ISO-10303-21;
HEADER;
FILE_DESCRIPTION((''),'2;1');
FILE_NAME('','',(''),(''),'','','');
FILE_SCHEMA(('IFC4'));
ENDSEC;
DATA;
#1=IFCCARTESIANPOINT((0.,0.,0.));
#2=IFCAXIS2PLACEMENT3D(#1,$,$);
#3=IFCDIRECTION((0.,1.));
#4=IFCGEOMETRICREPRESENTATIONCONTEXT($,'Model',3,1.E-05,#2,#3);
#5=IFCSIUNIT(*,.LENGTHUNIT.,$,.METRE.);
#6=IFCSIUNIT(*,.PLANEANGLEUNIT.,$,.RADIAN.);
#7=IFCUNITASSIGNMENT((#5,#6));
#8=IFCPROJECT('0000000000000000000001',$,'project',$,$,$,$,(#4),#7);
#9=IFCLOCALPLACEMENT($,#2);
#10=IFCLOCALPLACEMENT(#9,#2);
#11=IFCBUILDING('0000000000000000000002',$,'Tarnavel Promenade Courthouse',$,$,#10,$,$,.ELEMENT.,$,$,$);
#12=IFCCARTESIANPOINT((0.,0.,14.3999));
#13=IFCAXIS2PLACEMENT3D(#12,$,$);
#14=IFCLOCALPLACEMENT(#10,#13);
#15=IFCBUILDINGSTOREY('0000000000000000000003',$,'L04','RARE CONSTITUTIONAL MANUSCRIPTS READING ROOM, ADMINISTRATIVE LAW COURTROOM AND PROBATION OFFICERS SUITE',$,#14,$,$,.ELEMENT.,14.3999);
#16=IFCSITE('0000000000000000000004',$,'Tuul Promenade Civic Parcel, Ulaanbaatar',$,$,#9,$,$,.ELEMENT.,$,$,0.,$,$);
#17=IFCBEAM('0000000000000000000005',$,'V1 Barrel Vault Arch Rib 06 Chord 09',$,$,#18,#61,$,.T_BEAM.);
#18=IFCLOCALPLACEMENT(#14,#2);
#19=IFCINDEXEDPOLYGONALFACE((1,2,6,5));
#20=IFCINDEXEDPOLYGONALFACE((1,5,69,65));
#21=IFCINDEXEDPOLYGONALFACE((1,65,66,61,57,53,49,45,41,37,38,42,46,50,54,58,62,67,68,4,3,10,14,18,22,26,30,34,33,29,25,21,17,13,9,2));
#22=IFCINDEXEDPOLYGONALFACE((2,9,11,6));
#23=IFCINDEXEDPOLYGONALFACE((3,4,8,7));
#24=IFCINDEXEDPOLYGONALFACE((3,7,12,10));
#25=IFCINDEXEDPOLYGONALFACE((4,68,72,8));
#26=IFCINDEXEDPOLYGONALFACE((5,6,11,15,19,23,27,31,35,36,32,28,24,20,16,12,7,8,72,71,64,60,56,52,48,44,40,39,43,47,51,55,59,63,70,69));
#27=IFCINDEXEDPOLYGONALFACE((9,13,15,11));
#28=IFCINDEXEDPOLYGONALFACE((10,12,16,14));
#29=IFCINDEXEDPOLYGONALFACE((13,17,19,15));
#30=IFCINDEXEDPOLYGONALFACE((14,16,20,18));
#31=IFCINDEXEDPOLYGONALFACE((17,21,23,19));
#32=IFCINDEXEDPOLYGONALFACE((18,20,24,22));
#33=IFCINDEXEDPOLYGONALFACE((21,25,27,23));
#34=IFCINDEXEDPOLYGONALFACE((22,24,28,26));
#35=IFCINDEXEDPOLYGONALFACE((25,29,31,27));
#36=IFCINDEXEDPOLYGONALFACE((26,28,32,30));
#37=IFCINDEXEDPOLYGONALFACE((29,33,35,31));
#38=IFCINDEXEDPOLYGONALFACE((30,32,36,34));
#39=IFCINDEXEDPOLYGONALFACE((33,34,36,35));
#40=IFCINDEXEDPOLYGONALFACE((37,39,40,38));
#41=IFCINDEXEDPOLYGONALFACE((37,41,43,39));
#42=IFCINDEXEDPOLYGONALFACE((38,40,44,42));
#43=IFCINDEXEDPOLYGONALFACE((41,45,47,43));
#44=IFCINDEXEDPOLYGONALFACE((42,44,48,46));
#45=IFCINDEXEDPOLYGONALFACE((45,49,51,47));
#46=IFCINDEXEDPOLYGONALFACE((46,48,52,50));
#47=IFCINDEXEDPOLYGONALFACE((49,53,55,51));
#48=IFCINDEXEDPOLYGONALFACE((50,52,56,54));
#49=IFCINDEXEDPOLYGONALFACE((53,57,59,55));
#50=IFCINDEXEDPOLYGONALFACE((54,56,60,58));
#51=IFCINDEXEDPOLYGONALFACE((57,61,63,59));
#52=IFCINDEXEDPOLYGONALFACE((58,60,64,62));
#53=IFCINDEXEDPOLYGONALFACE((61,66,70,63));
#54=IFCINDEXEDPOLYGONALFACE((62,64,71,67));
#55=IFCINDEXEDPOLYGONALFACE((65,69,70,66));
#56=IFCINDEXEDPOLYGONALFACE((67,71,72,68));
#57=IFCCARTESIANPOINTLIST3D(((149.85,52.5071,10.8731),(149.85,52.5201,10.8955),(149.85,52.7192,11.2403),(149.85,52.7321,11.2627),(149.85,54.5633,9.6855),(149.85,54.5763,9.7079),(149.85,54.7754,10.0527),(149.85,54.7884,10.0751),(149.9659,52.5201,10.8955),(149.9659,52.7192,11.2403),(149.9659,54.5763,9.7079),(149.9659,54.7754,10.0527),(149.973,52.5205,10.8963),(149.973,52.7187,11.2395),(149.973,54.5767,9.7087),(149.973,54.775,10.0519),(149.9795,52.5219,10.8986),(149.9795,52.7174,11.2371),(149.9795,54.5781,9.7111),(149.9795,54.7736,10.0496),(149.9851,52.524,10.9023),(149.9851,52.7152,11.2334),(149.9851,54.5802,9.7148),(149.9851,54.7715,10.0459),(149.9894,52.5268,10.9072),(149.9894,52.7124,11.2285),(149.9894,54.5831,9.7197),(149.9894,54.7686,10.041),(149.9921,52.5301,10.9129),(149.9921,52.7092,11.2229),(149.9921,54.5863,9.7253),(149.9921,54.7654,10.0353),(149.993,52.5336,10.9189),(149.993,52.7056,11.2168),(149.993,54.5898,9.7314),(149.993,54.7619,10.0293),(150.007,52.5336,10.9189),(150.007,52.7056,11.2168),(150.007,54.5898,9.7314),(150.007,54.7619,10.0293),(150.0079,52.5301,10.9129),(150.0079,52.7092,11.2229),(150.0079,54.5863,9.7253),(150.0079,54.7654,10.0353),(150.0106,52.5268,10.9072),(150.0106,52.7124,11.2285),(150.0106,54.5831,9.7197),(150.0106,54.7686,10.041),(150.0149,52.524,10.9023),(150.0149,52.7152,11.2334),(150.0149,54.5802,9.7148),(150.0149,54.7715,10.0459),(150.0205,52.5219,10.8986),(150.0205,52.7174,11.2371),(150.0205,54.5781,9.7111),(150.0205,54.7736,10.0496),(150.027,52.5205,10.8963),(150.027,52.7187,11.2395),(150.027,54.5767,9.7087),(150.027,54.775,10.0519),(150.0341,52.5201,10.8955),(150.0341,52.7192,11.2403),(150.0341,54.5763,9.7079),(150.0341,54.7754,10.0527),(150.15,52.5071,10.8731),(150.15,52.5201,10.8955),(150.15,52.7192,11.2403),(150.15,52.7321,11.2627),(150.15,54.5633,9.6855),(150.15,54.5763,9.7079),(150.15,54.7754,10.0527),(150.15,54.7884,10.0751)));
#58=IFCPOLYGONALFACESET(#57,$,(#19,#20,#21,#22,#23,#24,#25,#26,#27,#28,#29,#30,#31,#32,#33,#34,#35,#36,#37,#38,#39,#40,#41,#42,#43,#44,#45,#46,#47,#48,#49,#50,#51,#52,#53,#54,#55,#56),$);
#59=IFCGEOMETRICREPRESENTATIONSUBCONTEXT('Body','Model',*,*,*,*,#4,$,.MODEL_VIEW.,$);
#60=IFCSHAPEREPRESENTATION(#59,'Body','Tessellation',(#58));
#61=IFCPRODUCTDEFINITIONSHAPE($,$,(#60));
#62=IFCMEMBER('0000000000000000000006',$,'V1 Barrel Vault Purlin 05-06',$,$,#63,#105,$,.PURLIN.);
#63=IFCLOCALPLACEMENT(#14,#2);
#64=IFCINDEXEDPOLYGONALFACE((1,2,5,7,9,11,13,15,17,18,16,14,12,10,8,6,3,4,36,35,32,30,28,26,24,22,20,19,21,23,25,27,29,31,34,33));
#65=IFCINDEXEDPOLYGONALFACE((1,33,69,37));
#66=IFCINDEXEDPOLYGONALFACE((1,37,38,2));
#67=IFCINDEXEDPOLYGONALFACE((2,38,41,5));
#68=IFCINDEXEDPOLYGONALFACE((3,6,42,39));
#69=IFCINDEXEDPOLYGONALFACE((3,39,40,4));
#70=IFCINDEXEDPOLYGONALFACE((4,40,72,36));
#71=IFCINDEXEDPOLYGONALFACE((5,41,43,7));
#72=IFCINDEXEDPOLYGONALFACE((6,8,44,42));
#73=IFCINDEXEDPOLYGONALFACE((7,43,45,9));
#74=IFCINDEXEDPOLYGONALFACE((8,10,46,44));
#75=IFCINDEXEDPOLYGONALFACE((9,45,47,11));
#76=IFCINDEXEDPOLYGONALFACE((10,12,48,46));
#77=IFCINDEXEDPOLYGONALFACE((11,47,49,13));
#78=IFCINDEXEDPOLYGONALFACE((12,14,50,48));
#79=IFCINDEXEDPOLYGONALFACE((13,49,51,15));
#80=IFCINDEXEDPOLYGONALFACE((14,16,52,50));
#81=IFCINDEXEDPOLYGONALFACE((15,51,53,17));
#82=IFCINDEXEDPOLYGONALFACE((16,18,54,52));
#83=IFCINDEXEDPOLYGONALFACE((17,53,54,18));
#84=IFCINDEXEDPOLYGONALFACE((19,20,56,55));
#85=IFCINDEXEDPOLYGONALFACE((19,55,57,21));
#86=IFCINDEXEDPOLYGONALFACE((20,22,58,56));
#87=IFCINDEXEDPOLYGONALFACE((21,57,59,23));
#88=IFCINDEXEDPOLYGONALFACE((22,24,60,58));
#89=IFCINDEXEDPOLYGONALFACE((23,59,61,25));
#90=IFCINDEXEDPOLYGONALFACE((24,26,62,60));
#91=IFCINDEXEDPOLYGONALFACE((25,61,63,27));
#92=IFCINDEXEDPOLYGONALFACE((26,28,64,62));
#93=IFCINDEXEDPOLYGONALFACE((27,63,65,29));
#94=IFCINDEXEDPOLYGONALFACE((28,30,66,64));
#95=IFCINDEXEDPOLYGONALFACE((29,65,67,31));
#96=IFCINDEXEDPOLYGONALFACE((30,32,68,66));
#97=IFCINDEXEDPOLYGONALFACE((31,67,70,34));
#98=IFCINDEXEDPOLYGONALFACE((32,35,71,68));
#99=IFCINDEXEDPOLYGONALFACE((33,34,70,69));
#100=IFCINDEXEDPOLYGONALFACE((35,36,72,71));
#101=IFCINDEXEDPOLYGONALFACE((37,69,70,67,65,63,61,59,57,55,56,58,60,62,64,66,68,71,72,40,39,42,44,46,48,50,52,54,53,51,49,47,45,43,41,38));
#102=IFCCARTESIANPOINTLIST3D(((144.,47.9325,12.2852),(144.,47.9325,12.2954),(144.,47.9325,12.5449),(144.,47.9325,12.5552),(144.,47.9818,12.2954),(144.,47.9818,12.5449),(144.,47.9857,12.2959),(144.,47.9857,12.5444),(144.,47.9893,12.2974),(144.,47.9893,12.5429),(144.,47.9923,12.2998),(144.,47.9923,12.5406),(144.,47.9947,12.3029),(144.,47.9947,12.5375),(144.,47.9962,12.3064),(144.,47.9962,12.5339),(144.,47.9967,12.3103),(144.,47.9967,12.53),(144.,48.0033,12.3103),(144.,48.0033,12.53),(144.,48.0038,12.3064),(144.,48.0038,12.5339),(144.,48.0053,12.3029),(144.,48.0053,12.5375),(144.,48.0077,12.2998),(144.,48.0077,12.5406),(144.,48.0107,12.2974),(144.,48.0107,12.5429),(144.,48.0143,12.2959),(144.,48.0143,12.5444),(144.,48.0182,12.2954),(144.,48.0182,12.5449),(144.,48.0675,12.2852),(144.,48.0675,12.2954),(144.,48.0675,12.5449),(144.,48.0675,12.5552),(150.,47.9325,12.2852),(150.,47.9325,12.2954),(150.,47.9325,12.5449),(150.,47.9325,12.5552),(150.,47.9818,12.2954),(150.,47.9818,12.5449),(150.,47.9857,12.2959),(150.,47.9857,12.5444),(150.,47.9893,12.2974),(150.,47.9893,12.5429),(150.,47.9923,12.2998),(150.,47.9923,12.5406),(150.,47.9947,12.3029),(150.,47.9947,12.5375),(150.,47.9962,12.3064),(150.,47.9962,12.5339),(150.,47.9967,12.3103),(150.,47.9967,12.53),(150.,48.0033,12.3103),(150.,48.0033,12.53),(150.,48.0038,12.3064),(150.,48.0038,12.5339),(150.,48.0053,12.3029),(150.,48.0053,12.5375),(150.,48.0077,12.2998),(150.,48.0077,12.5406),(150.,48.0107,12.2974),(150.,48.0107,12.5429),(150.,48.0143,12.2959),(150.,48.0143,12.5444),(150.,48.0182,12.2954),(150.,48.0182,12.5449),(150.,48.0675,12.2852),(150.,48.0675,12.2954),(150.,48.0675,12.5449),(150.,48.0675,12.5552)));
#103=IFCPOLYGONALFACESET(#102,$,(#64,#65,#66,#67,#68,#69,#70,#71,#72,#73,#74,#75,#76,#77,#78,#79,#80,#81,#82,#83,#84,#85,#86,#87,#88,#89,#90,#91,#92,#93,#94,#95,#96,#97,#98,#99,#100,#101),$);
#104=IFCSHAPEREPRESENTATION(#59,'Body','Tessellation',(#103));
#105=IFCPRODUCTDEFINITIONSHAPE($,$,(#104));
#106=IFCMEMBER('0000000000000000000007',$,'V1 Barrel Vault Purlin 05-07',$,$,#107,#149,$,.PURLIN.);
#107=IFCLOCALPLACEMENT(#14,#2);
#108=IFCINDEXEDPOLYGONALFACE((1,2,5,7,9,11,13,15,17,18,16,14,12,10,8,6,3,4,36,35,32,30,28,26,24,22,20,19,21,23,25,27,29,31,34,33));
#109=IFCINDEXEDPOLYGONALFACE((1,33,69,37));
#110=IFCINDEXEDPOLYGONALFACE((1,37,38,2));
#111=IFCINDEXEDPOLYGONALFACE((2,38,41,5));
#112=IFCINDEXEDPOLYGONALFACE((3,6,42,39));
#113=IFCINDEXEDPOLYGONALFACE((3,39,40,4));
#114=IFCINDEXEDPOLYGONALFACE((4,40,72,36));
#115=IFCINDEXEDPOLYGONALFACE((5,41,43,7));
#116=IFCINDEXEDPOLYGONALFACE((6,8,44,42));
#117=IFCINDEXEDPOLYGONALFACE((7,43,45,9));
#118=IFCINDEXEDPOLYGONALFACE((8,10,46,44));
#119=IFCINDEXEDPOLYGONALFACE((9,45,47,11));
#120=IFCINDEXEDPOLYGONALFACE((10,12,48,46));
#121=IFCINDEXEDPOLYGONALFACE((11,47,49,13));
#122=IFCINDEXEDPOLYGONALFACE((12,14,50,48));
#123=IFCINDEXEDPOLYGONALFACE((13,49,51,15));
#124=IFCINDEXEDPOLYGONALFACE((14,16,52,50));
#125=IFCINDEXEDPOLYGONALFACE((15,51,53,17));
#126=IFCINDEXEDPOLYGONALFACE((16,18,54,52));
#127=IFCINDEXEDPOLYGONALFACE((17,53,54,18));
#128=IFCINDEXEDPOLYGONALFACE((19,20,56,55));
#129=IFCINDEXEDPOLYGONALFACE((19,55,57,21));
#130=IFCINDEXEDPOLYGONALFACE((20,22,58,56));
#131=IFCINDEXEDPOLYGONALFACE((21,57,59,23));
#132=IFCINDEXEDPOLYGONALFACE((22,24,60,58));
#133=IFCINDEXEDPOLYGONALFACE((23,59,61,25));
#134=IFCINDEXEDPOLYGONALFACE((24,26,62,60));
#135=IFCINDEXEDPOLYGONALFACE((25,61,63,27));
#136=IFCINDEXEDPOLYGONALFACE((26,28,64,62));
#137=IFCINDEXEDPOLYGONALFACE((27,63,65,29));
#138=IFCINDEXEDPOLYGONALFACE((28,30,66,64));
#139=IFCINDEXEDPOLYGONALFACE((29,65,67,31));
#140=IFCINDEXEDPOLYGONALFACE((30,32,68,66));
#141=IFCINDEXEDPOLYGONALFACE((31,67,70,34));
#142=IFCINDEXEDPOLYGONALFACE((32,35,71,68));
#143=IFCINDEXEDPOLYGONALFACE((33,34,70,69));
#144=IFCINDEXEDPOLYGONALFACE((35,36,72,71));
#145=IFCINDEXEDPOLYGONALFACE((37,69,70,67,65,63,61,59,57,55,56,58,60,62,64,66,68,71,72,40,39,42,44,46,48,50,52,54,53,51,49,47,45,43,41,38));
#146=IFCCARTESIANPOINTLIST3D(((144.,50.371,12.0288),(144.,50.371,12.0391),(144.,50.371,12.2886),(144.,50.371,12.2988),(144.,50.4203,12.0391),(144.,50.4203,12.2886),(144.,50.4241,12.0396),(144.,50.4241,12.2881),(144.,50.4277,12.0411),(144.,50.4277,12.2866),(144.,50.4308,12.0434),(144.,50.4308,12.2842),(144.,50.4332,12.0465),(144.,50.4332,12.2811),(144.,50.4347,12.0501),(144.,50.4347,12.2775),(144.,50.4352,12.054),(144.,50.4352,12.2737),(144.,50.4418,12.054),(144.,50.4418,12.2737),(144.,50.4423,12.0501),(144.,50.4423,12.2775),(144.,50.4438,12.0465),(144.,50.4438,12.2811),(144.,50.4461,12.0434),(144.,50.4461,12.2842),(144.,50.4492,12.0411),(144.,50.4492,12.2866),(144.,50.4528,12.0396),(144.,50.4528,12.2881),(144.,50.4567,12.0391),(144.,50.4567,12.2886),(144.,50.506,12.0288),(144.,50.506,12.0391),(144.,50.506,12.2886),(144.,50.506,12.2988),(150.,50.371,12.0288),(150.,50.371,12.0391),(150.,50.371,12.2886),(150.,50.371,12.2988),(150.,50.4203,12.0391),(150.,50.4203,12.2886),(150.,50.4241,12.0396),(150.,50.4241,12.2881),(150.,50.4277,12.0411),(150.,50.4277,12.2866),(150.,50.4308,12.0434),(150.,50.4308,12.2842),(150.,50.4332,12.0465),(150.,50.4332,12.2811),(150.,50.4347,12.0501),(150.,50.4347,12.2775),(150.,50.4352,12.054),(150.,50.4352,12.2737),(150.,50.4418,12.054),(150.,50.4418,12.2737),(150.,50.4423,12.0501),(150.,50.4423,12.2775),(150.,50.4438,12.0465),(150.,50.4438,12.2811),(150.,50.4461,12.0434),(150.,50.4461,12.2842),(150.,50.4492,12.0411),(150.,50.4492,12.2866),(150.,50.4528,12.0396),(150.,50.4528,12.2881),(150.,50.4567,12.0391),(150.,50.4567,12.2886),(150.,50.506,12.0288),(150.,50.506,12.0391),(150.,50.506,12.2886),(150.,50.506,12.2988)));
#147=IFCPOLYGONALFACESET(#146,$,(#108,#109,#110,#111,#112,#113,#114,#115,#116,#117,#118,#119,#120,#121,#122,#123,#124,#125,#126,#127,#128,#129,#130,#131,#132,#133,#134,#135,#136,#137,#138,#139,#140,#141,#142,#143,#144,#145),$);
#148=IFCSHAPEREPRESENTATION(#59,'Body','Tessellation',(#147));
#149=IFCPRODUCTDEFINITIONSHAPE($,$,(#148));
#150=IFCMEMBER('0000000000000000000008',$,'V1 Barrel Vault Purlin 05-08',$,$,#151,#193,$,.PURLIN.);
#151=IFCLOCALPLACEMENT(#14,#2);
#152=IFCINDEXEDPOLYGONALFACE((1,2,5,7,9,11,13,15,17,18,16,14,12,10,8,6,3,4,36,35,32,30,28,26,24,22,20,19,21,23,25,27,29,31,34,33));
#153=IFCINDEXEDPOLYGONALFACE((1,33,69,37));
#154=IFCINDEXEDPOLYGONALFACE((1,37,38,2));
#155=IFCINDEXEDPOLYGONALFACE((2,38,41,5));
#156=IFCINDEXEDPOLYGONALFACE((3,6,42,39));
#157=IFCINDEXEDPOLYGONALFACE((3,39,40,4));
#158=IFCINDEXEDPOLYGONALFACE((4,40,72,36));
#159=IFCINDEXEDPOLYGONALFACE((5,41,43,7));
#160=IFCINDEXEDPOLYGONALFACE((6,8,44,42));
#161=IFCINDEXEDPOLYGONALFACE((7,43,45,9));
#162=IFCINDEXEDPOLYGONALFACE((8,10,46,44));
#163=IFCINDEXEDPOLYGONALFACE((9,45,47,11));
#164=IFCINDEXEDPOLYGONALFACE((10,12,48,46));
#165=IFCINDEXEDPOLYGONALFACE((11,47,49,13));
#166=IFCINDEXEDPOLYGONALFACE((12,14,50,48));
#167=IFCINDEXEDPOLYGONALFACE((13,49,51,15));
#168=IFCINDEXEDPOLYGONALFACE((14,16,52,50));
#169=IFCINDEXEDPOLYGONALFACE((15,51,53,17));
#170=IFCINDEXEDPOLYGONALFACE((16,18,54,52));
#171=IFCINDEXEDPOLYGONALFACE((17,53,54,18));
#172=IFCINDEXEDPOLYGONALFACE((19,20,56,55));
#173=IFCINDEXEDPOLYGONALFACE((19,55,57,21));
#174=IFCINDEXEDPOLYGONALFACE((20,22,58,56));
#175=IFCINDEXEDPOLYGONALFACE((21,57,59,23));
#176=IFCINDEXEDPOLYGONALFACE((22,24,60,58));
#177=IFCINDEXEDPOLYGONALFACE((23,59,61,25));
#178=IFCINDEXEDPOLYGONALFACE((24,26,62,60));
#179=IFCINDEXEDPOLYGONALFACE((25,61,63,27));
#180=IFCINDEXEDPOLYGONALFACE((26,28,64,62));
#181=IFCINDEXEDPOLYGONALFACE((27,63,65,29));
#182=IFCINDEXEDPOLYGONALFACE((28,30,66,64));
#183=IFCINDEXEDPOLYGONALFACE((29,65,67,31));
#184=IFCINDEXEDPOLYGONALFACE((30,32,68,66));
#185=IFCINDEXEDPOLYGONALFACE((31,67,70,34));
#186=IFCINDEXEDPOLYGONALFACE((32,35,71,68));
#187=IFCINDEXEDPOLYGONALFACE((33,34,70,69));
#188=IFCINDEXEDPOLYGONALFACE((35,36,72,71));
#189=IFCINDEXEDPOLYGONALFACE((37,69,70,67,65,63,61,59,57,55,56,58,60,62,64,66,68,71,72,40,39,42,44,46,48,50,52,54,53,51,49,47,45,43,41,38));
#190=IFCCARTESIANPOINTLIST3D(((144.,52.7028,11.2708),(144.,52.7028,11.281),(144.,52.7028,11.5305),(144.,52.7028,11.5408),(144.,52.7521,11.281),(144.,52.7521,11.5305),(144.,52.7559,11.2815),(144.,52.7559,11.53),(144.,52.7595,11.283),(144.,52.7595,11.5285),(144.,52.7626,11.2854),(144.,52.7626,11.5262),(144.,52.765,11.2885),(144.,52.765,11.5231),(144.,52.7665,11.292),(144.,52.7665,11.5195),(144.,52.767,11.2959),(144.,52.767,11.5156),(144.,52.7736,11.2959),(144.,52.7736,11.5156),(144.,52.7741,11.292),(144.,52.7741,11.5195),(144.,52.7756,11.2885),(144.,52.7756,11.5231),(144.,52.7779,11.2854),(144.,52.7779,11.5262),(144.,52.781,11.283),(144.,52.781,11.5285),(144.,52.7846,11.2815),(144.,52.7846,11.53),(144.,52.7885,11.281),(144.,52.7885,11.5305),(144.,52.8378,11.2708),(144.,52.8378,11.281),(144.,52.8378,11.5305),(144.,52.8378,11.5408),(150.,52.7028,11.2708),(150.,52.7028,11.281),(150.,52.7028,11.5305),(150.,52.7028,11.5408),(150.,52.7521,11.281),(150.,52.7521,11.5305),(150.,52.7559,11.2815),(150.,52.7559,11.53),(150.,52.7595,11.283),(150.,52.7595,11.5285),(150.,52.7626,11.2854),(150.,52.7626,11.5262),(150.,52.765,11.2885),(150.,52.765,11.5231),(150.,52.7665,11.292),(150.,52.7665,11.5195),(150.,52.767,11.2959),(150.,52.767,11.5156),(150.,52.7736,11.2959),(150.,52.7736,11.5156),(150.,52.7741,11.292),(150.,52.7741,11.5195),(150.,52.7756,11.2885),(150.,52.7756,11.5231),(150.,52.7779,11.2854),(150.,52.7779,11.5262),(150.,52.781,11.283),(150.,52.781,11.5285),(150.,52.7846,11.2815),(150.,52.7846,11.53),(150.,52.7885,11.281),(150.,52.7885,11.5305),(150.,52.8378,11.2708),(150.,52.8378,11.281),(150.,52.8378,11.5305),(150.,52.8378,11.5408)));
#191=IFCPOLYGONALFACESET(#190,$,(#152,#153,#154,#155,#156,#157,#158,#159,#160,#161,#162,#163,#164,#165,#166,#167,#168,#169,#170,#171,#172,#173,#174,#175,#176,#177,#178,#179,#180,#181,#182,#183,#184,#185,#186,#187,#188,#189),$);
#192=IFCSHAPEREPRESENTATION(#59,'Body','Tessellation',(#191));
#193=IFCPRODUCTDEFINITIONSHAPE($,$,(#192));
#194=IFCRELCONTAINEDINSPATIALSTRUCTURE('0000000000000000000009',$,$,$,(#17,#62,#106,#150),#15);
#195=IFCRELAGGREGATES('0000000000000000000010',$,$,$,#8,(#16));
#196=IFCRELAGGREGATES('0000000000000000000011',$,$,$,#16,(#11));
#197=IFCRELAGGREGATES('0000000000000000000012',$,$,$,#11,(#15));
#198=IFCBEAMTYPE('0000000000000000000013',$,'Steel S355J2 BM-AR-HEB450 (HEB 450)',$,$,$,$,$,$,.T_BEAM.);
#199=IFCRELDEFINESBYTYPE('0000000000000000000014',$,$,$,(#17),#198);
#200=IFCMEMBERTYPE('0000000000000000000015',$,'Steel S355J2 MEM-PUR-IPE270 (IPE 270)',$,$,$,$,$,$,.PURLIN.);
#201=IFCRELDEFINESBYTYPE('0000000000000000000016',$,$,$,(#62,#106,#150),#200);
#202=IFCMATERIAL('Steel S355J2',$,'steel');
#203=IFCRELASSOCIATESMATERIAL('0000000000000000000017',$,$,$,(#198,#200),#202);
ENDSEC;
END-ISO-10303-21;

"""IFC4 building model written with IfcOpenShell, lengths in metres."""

from ifc_helpers import new_model, si_unit, direction, frame, origin, origin_2d, place, context, subcontext, project, spatial, i_section, extrude, material, material_profile, profile_set, type_object, element, save


model = new_model("IFC4")

# Units and contexts
model_context = context("Model", 3, precision=1e-05, world=origin(), true_north=direction((0.0, 1.0)))
body_context = subcontext(model_context, "Body", "Model", "MODEL_VIEW")
ifc_project = project(units=[si_unit("LENGTHUNIT", "METRE"), si_unit("PLANEANGLEUNIT", "RADIAN")], contexts=[model_context])

# Site, building, storey
site_placement = place(None, origin())
site = spatial("IfcSite", under=ifc_project, at=site_placement, Name="Tuul Promenade Civic Parcel, Ulaanbaatar", CompositionType="ELEMENT", RefElevation=0.0)
building_placement = place(site_placement, origin())
building = spatial("IfcBuilding", under=site, at=building_placement, Name="Tarnavel Promenade Courthouse", CompositionType="ELEMENT")
storey_placement = place(building_placement, frame((0.0, 0.0, 14.3999)))
storey = spatial("IfcBuildingStorey", under=building, at=storey_placement, Name="L04", Description="RARE CONSTITUTIONAL MANUSCRIPTS READING ROOM, ADMINISTRATIVE LAW COURTROOM AND PROBATION OFFICERS SUITE", CompositionType="ELEMENT", Elevation=14.3999)

# Beam
ifc_material_1 = material(Name="Steel S355J2", Category="steel")
ifc_material_profile_1 = material_profile(ifc_material_1, i_section(OverallWidth=0.3, OverallDepth=0.45, WebThickness=0.0139, FlangeThickness=0.0259, FilletRadius=0.0271, at=origin_2d()), Name="HEB 450")
ifc_profile_set_1 = profile_set([ifc_material_profile_1], Name="Steel S355J2")
beam_type = type_object("IfcBeamType", Name="Steel S355J2 BM-AR-HEB450 (HEB 450)", PredefinedType="T_BEAM", material=ifc_profile_set_1)
for number, where, z_axis, x_axis, name in (
    (1, (150.0, 52.6196, 11.0679), (0.0, 0.865956, -0.50012), (-1.0, 0.0, 0.0), "V1 Barrel Vault Arch Rib 06 Chord 09"),
):
    element("IfcBeam", number, at=place(storey_placement, frame(where, z_axis=z_axis, x_axis=x_axis)), inside=storey, type_object=beam_type, Name=name, PredefinedType="T_BEAM", context=body_context, shape_type="SweptSolid", body=[
        extrude(i_section(OverallWidth=0.3, OverallDepth=0.45, WebThickness=0.0139, FlangeThickness=0.0259, FilletRadius=0.0271, at=origin_2d()), origin(), (0.0, 0.0, 1.0), 2.3745),
    ])

# Members
ifc_material_profile_2 = material_profile(ifc_material_1, i_section(OverallWidth=0.135, OverallDepth=0.27, WebThickness=0.0066, FlangeThickness=0.0103, FilletRadius=0.0149, at=origin_2d()), Name="IPE 270")
ifc_profile_set_2 = profile_set([ifc_material_profile_2], Name="Steel S355J2")
member_type = type_object("IfcMemberType", Name="Steel S355J2 MEM-PUR-IPE270 (IPE 270)", PredefinedType="PURLIN", material=ifc_profile_set_2)
for number, where, z_axis, x_axis, name in (
    (2, (144.0, 48.0, 12.4202), (1.0, 0.0, 0.0), (0.0, 1.0, 0.0), "V1 Barrel Vault Purlin 05-06"),
    (3, (144.0, 50.4385, 12.1638), (1.0, 0.0, 0.0), (0.0, 1.0, 0.0), "V1 Barrel Vault Purlin 05-07"),
    (4, (144.0, 52.7703, 11.4058), (1.0, 0.0, 0.0), (0.0, 1.0, 0.0), "V1 Barrel Vault Purlin 05-08"),
):
    element("IfcMember", number, at=place(storey_placement, frame(where, z_axis=z_axis, x_axis=x_axis)), inside=storey, type_object=member_type, Name=name, PredefinedType="PURLIN", context=body_context, shape_type="SweptSolid", body=[
        extrude(i_section(OverallWidth=0.135, OverallDepth=0.27, WebThickness=0.0066, FlangeThickness=0.0103, FilletRadius=0.0149, at=origin_2d()), origin(), (0.0, 0.0, 1.0), 6.0),
    ])

save(model, "model.ifc")
